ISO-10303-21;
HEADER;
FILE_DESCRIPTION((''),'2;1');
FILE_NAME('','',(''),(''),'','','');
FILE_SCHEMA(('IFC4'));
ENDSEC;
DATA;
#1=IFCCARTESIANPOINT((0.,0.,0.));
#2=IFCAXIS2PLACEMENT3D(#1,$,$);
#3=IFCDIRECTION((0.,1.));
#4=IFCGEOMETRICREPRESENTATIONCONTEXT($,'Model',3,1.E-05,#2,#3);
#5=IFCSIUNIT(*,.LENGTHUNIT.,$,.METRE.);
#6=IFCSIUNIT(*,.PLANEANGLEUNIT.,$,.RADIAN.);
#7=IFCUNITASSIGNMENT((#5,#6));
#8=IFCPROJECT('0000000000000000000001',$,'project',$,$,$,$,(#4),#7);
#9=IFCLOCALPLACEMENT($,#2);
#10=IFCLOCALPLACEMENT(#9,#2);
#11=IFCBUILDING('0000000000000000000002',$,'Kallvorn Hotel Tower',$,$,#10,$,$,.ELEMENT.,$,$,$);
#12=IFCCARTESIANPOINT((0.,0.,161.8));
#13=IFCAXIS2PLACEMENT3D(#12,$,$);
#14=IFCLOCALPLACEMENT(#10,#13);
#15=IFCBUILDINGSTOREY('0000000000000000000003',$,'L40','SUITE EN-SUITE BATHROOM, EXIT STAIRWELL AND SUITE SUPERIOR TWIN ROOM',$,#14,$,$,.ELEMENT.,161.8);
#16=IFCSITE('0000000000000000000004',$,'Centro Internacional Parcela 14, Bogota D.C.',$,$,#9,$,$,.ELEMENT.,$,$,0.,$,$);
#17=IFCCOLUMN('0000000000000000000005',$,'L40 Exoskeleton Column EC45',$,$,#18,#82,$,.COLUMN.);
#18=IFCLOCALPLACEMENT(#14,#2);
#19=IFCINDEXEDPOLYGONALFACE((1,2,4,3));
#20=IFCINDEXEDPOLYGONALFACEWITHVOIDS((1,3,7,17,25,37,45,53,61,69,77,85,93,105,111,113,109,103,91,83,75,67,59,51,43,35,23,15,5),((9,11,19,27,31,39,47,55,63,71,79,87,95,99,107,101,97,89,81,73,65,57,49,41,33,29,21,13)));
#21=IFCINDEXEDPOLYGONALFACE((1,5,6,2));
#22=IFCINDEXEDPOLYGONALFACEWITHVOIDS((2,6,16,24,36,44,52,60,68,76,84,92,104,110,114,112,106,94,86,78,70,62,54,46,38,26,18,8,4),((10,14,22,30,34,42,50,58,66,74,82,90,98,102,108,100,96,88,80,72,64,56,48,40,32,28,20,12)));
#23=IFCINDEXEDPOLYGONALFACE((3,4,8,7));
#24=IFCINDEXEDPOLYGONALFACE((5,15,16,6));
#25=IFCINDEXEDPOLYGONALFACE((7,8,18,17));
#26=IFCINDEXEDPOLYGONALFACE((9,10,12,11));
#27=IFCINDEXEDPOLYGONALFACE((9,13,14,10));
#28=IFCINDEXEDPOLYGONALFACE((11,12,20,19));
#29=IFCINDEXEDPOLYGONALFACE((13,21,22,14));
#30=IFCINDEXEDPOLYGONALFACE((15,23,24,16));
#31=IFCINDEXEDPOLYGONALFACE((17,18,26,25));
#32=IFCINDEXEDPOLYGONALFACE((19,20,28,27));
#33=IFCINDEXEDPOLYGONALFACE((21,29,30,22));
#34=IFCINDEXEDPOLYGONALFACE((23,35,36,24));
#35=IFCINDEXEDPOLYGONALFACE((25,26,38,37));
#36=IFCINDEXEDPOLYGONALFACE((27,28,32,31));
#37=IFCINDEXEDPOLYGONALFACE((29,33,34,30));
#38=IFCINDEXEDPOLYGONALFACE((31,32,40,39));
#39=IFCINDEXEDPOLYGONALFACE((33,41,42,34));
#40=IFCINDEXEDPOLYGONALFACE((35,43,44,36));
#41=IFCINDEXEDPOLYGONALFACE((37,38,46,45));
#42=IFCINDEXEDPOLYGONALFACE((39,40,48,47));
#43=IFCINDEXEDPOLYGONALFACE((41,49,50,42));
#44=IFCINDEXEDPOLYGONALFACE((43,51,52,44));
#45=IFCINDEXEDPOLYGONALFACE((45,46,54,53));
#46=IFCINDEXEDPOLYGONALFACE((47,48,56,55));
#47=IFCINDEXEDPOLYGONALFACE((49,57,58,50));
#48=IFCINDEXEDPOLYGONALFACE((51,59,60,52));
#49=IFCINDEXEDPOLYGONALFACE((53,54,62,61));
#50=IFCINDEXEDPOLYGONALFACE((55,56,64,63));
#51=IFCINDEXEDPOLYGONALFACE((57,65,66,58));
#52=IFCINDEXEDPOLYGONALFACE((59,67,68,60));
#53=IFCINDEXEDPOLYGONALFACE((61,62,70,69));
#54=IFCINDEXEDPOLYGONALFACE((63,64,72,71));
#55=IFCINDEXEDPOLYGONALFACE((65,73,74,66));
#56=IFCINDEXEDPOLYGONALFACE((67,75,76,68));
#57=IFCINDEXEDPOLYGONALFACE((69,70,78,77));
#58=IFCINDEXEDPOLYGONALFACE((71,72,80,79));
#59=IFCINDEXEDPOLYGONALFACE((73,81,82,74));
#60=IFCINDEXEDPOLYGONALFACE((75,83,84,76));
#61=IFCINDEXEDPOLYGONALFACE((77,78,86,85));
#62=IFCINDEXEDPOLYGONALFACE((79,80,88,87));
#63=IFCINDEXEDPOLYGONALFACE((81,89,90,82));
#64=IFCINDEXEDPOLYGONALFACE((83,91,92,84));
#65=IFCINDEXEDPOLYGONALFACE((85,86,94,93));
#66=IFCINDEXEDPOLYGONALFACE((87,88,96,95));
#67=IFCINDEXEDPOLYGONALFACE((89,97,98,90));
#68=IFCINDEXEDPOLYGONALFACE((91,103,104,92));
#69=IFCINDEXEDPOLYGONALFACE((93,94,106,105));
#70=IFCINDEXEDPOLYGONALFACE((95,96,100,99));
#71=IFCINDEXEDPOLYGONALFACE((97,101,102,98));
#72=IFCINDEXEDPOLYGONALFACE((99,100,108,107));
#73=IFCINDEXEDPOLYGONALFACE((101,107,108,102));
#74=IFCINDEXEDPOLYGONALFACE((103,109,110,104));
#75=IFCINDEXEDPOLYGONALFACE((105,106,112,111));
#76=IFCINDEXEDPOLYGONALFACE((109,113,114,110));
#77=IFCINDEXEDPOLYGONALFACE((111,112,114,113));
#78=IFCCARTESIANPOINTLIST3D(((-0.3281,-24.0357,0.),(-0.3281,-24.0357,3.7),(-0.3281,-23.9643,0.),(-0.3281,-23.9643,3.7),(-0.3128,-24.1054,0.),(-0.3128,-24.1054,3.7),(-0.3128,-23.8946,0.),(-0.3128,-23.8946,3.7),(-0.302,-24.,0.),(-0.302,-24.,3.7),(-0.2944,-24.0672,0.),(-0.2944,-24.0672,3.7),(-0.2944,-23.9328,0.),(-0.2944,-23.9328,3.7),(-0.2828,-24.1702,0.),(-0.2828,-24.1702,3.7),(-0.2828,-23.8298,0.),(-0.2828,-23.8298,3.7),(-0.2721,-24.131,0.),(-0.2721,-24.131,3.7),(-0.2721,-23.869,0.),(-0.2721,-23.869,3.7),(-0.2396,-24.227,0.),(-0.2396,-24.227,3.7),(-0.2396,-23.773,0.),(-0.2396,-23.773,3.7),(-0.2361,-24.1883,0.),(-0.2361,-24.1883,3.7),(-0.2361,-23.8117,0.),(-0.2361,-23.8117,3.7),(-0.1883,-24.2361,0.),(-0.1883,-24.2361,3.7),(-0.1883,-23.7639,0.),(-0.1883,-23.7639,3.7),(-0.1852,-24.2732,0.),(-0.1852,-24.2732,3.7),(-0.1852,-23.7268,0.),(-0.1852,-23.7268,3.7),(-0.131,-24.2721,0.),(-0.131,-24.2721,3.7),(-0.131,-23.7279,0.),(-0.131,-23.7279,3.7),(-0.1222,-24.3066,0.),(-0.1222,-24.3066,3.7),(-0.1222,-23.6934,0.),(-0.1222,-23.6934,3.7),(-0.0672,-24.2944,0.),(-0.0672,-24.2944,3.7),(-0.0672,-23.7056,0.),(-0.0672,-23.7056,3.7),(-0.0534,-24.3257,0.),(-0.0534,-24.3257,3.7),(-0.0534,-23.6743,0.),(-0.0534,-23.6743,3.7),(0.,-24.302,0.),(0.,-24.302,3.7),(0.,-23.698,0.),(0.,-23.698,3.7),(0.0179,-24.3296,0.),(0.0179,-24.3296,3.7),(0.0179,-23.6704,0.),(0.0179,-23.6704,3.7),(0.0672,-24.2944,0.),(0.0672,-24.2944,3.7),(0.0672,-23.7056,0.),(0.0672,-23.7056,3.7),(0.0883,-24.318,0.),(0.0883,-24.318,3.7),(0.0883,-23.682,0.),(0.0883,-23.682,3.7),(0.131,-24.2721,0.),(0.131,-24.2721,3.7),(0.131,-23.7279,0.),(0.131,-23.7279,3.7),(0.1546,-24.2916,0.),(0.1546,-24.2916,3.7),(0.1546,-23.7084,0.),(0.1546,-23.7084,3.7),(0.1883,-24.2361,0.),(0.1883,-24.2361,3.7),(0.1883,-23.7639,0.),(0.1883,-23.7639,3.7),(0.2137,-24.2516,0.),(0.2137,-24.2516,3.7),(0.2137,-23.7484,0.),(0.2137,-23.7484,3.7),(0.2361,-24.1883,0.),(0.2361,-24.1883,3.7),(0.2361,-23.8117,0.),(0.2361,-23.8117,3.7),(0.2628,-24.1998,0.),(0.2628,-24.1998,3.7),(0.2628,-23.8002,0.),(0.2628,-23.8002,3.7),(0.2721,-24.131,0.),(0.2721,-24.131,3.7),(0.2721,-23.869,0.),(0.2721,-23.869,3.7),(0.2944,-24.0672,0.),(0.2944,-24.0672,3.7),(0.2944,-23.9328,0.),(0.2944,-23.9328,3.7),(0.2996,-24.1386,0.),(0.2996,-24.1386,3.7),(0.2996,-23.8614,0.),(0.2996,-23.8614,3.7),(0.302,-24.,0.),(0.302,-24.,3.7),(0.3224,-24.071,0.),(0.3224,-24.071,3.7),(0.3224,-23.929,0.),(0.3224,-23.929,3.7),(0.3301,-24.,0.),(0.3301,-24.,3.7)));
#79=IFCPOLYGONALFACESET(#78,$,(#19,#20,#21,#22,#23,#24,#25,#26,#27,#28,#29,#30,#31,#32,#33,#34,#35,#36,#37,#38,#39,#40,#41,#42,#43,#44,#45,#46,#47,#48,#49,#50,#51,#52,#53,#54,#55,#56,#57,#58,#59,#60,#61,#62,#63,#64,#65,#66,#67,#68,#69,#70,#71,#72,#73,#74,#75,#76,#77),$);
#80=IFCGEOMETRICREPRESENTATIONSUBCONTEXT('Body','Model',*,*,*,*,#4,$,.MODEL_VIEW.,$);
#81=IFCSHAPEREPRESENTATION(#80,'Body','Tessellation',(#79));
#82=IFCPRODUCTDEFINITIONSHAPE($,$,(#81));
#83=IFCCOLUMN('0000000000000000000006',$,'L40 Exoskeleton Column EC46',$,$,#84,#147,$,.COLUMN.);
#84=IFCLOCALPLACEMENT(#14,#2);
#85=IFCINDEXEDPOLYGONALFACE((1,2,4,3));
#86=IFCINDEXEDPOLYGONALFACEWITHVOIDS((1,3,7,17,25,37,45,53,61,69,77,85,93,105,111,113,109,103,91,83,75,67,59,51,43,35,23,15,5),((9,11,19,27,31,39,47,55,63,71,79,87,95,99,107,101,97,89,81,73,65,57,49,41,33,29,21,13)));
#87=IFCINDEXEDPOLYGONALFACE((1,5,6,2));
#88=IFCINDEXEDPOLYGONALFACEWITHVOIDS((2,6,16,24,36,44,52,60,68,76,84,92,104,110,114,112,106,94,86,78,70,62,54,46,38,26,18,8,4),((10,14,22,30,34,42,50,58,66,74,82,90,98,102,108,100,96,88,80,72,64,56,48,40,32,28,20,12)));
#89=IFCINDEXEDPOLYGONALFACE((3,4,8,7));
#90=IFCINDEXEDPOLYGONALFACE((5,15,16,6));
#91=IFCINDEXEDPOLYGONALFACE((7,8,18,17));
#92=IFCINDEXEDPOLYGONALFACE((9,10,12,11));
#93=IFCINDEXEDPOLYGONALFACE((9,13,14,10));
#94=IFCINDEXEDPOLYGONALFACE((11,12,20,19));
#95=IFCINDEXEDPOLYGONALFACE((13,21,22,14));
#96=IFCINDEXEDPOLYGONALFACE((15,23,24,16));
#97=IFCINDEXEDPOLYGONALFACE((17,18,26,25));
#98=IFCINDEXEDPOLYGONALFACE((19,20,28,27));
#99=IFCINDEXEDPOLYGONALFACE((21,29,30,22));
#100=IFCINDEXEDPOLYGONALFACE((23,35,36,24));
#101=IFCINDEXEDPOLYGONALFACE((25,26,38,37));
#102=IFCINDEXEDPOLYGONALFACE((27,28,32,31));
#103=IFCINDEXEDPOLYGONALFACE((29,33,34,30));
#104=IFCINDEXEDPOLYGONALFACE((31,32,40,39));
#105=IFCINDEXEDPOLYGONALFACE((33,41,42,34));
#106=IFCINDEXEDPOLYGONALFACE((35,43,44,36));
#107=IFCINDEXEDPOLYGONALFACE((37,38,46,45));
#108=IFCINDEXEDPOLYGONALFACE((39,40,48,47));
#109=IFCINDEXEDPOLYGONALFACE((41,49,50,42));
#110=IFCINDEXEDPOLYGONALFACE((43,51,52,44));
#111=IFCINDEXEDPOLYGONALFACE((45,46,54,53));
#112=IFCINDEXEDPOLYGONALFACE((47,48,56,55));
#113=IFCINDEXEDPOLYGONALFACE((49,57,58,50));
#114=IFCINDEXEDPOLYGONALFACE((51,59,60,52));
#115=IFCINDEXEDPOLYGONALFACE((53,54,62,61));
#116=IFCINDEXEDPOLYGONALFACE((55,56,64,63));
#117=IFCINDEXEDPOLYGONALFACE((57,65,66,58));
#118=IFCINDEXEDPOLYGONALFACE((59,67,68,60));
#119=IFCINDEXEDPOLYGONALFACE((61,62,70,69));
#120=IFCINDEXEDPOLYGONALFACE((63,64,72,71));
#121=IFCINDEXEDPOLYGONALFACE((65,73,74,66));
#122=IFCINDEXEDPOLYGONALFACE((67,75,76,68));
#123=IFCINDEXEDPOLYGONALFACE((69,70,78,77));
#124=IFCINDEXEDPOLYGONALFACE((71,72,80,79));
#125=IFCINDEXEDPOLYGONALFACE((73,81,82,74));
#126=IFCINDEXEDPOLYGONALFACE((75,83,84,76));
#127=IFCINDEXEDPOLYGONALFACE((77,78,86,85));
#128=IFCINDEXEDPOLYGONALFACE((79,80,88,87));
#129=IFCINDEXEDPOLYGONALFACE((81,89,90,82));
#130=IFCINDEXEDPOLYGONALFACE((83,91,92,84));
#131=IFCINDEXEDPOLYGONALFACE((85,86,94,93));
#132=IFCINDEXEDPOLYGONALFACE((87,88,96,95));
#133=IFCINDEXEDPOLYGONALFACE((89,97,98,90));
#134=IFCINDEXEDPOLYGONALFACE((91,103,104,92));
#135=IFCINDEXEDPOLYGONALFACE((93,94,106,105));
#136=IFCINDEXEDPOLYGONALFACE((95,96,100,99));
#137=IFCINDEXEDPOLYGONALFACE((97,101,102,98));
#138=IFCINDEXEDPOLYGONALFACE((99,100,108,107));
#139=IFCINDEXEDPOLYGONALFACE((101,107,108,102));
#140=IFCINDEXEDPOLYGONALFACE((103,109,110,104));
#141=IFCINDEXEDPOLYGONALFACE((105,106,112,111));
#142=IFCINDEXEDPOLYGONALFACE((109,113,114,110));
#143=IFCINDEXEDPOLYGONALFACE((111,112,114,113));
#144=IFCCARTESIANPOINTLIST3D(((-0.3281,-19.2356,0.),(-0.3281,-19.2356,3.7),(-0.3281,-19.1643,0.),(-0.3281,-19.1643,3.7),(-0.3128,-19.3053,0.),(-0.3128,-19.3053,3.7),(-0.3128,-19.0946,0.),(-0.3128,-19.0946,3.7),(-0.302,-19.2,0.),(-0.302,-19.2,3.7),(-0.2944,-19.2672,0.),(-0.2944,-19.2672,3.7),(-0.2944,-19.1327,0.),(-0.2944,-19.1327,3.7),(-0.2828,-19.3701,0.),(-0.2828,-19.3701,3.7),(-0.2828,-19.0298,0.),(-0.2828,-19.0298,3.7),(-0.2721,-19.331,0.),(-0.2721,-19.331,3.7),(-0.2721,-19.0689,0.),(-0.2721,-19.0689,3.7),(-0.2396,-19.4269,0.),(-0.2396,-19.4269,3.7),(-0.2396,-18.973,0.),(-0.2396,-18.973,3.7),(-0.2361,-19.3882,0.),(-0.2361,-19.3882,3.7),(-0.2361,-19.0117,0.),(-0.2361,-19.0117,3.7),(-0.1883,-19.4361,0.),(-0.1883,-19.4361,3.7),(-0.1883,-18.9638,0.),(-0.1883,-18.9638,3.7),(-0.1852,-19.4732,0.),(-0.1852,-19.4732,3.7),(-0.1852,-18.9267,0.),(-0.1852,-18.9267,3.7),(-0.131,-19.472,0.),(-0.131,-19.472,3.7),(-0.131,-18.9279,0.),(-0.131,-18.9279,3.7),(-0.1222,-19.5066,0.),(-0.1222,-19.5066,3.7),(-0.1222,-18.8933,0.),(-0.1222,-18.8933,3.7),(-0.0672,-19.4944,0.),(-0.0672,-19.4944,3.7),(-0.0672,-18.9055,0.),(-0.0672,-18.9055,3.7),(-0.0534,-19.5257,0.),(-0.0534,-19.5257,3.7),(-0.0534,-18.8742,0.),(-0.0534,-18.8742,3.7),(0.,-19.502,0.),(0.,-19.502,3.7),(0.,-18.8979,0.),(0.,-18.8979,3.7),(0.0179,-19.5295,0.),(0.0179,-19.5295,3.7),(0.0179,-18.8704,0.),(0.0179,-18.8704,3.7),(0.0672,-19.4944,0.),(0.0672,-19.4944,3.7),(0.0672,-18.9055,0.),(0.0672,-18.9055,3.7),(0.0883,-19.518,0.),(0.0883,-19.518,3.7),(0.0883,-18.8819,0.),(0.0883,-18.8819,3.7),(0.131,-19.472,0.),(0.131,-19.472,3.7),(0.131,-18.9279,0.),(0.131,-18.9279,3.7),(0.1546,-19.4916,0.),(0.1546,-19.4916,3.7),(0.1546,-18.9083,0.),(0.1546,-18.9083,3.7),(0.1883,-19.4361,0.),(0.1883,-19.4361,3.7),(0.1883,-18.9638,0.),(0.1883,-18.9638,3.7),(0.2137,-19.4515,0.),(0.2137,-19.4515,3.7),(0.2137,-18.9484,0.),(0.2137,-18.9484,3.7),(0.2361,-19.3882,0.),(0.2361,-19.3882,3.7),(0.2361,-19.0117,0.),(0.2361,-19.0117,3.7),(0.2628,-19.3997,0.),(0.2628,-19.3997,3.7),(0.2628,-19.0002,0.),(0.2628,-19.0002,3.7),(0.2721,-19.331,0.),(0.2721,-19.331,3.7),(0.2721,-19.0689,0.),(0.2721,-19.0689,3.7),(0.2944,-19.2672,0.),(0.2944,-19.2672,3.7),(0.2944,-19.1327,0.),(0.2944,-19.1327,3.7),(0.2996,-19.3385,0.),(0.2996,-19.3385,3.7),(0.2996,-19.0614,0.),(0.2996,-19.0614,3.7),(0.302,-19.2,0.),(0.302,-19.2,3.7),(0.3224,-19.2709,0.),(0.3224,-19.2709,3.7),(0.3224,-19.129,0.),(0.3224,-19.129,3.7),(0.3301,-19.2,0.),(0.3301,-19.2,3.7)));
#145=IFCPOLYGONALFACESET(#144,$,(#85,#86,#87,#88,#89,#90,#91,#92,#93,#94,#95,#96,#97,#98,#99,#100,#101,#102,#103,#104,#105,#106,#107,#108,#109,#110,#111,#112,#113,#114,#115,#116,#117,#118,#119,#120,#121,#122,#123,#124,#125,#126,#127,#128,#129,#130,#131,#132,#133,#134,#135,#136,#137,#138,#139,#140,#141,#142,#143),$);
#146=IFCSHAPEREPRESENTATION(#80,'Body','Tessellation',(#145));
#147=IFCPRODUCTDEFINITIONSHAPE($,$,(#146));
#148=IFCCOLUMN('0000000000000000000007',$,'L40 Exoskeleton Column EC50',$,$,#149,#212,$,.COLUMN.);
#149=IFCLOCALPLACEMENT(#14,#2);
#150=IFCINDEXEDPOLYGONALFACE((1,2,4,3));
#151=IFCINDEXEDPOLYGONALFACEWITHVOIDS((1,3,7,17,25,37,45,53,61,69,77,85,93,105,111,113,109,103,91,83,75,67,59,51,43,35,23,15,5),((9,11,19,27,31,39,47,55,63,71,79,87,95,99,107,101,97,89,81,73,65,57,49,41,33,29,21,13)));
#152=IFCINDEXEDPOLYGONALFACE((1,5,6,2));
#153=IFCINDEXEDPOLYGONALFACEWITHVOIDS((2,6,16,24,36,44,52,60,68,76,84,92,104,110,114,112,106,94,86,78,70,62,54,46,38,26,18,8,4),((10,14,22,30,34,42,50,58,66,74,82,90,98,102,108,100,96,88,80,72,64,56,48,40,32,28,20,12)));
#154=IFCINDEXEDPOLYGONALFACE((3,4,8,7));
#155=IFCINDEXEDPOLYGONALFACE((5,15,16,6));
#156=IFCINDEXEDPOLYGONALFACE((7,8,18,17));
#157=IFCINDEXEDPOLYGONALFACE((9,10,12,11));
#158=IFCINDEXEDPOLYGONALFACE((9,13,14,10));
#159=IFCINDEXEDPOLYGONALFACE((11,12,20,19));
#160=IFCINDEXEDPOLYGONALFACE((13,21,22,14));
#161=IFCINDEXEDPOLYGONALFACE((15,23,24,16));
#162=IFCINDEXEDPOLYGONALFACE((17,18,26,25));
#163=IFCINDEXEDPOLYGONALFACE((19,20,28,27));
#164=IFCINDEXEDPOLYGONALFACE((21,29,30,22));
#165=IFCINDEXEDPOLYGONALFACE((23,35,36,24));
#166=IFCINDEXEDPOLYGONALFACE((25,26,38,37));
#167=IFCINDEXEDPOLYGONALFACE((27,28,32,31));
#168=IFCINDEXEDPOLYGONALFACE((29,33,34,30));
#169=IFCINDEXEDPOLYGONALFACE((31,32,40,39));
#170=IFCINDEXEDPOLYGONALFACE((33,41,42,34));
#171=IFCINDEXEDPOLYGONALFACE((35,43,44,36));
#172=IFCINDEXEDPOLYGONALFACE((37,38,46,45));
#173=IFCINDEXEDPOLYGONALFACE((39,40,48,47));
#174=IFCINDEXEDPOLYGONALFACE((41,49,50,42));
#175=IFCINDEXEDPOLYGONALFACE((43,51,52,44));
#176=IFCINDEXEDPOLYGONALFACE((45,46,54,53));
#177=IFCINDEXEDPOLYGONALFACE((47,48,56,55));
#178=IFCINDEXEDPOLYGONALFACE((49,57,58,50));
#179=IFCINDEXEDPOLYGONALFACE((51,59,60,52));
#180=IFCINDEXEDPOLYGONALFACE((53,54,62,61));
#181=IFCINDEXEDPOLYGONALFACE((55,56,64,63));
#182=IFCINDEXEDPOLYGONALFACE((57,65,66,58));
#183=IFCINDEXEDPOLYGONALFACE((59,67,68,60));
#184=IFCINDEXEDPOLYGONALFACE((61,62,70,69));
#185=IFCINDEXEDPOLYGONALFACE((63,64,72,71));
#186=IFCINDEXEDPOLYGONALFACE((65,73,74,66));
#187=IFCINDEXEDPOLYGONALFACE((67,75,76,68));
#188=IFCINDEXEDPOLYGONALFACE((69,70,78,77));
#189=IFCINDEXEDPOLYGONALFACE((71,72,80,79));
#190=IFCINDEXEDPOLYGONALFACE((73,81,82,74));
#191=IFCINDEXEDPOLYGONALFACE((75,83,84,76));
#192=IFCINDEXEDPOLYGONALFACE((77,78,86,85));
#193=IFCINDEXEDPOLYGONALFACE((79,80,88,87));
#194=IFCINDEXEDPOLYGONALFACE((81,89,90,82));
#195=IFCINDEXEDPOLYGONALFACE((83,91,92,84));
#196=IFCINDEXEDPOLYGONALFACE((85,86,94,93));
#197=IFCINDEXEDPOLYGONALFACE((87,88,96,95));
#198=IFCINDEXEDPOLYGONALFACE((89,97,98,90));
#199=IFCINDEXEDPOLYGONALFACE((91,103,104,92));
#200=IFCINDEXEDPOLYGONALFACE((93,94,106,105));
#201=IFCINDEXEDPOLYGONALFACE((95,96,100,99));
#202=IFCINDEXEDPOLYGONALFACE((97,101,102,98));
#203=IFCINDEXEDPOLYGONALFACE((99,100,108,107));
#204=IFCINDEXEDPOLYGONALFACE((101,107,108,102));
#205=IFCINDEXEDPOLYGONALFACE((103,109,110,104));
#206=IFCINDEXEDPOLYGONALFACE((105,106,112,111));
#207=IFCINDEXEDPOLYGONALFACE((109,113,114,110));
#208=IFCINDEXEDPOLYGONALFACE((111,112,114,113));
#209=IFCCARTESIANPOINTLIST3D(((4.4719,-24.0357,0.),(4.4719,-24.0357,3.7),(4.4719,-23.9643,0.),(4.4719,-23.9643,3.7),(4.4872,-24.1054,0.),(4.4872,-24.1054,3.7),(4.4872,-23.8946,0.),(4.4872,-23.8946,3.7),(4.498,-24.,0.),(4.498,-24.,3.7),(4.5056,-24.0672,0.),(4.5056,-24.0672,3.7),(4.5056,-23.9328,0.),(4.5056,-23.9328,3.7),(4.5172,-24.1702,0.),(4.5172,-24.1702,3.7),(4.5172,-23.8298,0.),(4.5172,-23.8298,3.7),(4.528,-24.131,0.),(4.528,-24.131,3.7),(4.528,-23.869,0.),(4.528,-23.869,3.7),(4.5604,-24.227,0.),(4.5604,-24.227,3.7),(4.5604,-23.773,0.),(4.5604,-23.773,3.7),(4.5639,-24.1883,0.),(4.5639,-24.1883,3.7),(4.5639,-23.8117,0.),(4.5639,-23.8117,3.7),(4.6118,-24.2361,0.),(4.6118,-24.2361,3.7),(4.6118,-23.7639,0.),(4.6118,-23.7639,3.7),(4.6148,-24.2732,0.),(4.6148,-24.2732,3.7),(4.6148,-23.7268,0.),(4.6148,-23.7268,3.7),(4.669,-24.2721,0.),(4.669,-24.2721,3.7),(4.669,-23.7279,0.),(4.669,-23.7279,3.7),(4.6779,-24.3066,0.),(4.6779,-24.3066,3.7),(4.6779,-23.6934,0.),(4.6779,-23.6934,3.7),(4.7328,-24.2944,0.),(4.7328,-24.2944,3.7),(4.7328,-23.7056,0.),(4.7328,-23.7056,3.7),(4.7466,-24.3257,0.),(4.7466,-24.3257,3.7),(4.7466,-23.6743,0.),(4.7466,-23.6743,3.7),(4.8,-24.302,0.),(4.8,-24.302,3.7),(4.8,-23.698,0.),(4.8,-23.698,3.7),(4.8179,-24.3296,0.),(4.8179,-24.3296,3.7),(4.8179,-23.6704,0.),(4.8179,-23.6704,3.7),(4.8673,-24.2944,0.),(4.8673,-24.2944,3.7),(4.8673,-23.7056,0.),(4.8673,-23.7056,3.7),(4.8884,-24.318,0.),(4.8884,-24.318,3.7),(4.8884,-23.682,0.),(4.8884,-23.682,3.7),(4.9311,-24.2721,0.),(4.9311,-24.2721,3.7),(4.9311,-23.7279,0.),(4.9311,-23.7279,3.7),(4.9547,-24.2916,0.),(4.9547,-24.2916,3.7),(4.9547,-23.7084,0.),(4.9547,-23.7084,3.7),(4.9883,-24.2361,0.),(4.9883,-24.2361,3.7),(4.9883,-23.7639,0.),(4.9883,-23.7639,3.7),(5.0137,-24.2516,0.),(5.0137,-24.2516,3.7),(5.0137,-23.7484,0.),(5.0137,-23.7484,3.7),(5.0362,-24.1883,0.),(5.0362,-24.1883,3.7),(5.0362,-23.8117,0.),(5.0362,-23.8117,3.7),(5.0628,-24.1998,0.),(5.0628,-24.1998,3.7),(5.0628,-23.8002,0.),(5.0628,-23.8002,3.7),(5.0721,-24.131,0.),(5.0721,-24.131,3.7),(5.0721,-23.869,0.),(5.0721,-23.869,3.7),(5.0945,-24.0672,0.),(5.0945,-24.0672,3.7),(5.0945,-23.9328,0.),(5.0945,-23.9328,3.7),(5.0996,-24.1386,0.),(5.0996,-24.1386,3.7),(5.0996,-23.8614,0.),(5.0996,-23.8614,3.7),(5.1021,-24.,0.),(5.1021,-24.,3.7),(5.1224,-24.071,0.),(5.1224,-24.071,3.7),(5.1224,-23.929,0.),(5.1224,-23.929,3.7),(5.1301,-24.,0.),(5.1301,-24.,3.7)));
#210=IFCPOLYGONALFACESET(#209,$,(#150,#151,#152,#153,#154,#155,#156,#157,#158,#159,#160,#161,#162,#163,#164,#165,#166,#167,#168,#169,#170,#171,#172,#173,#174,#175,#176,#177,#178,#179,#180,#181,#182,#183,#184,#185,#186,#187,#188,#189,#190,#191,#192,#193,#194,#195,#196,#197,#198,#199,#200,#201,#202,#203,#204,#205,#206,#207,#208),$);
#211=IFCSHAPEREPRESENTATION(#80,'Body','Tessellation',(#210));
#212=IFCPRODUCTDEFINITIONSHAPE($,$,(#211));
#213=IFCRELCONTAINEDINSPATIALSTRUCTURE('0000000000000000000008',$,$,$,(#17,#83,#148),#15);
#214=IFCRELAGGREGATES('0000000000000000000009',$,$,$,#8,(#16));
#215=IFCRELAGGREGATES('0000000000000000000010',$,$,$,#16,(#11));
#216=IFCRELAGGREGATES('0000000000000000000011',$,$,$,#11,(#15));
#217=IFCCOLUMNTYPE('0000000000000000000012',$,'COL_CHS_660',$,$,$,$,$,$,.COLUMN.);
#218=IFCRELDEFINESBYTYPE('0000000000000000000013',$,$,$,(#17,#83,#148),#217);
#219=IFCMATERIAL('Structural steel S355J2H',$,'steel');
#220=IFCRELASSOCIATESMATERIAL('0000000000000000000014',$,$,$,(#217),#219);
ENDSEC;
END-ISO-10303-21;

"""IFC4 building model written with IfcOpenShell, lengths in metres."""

from ifc_helpers import new_model, si_unit, direction, frame, origin, origin_2d, place, context, subcontext, project, spatial, hollow_circle, extrude, material, material_profile, profile_set, type_object, element, save


model = new_model("IFC4")

# Units and contexts
model_context = context("Model", 3, precision=1e-05, world=origin(), true_north=direction((0.0, 1.0)))
body_context = subcontext(model_context, "Body", "Model", "MODEL_VIEW")
ifc_project = project(units=[si_unit("LENGTHUNIT", "METRE"), si_unit("PLANEANGLEUNIT", "RADIAN")], contexts=[model_context])

# Site, building, storey
site_placement = place(None, origin())
site = spatial("IfcSite", under=ifc_project, at=site_placement, Name="Centro Internacional Parcela 14, Bogota D.C.", CompositionType="ELEMENT", RefElevation=0.0)
building_placement = place(site_placement, origin())
building = spatial("IfcBuilding", under=site, at=building_placement, Name="Kallvorn Hotel Tower", CompositionType="ELEMENT")
storey_placement = place(building_placement, frame((0.0, 0.0, 161.8)))
storey = spatial("IfcBuildingStorey", under=building, at=storey_placement, Name="L40", Description="SUITE EN-SUITE BATHROOM, EXIT STAIRWELL AND SUITE SUPERIOR TWIN ROOM", CompositionType="ELEMENT", Elevation=161.8)

# Columns
ifc_material_1 = material(Name="Structural steel S355J2H", Category="steel")
ifc_material_profile_1 = material_profile(ifc_material_1, hollow_circle(Radius=0.3301, WallThickness=0.0281, at=origin_2d()), Name="CHS 660x28")
ifc_profile_set_1 = profile_set([ifc_material_profile_1], Name="Structural steel S355J2H")
column_type = type_object("IfcColumnType", Name="COL_CHS_660", PredefinedType="COLUMN", material=ifc_profile_set_1)
for number, where, z_axis, x_axis, name in (
    (1, (0.0, -24.0, 0.0), (0.0, 0.0, 1.0), (1.0, 0.0, 0.0), "L40 Exoskeleton Column EC45"),
    (2, (0.0, -19.2, 0.0), (0.0, 0.0, 1.0), (1.0, 0.0, 0.0), "L40 Exoskeleton Column EC46"),
    (3, (4.8, -24.0, 0.0), (0.0, 0.0, 1.0), (1.0, 0.0, 0.0), "L40 Exoskeleton Column EC50"),
):
    element("IfcColumn", number, at=place(storey_placement, frame(where, z_axis=z_axis, x_axis=x_axis)), inside=storey, type_object=column_type, Name=name, PredefinedType="COLUMN", context=body_context, shape_type="SweptSolid", body=[
        extrude(hollow_circle(Radius=0.3301, WallThickness=0.0281, at=origin_2d()), origin(), (0.0, 0.0, 1.0), 3.7),
    ])

save(model, "model.ifc")
